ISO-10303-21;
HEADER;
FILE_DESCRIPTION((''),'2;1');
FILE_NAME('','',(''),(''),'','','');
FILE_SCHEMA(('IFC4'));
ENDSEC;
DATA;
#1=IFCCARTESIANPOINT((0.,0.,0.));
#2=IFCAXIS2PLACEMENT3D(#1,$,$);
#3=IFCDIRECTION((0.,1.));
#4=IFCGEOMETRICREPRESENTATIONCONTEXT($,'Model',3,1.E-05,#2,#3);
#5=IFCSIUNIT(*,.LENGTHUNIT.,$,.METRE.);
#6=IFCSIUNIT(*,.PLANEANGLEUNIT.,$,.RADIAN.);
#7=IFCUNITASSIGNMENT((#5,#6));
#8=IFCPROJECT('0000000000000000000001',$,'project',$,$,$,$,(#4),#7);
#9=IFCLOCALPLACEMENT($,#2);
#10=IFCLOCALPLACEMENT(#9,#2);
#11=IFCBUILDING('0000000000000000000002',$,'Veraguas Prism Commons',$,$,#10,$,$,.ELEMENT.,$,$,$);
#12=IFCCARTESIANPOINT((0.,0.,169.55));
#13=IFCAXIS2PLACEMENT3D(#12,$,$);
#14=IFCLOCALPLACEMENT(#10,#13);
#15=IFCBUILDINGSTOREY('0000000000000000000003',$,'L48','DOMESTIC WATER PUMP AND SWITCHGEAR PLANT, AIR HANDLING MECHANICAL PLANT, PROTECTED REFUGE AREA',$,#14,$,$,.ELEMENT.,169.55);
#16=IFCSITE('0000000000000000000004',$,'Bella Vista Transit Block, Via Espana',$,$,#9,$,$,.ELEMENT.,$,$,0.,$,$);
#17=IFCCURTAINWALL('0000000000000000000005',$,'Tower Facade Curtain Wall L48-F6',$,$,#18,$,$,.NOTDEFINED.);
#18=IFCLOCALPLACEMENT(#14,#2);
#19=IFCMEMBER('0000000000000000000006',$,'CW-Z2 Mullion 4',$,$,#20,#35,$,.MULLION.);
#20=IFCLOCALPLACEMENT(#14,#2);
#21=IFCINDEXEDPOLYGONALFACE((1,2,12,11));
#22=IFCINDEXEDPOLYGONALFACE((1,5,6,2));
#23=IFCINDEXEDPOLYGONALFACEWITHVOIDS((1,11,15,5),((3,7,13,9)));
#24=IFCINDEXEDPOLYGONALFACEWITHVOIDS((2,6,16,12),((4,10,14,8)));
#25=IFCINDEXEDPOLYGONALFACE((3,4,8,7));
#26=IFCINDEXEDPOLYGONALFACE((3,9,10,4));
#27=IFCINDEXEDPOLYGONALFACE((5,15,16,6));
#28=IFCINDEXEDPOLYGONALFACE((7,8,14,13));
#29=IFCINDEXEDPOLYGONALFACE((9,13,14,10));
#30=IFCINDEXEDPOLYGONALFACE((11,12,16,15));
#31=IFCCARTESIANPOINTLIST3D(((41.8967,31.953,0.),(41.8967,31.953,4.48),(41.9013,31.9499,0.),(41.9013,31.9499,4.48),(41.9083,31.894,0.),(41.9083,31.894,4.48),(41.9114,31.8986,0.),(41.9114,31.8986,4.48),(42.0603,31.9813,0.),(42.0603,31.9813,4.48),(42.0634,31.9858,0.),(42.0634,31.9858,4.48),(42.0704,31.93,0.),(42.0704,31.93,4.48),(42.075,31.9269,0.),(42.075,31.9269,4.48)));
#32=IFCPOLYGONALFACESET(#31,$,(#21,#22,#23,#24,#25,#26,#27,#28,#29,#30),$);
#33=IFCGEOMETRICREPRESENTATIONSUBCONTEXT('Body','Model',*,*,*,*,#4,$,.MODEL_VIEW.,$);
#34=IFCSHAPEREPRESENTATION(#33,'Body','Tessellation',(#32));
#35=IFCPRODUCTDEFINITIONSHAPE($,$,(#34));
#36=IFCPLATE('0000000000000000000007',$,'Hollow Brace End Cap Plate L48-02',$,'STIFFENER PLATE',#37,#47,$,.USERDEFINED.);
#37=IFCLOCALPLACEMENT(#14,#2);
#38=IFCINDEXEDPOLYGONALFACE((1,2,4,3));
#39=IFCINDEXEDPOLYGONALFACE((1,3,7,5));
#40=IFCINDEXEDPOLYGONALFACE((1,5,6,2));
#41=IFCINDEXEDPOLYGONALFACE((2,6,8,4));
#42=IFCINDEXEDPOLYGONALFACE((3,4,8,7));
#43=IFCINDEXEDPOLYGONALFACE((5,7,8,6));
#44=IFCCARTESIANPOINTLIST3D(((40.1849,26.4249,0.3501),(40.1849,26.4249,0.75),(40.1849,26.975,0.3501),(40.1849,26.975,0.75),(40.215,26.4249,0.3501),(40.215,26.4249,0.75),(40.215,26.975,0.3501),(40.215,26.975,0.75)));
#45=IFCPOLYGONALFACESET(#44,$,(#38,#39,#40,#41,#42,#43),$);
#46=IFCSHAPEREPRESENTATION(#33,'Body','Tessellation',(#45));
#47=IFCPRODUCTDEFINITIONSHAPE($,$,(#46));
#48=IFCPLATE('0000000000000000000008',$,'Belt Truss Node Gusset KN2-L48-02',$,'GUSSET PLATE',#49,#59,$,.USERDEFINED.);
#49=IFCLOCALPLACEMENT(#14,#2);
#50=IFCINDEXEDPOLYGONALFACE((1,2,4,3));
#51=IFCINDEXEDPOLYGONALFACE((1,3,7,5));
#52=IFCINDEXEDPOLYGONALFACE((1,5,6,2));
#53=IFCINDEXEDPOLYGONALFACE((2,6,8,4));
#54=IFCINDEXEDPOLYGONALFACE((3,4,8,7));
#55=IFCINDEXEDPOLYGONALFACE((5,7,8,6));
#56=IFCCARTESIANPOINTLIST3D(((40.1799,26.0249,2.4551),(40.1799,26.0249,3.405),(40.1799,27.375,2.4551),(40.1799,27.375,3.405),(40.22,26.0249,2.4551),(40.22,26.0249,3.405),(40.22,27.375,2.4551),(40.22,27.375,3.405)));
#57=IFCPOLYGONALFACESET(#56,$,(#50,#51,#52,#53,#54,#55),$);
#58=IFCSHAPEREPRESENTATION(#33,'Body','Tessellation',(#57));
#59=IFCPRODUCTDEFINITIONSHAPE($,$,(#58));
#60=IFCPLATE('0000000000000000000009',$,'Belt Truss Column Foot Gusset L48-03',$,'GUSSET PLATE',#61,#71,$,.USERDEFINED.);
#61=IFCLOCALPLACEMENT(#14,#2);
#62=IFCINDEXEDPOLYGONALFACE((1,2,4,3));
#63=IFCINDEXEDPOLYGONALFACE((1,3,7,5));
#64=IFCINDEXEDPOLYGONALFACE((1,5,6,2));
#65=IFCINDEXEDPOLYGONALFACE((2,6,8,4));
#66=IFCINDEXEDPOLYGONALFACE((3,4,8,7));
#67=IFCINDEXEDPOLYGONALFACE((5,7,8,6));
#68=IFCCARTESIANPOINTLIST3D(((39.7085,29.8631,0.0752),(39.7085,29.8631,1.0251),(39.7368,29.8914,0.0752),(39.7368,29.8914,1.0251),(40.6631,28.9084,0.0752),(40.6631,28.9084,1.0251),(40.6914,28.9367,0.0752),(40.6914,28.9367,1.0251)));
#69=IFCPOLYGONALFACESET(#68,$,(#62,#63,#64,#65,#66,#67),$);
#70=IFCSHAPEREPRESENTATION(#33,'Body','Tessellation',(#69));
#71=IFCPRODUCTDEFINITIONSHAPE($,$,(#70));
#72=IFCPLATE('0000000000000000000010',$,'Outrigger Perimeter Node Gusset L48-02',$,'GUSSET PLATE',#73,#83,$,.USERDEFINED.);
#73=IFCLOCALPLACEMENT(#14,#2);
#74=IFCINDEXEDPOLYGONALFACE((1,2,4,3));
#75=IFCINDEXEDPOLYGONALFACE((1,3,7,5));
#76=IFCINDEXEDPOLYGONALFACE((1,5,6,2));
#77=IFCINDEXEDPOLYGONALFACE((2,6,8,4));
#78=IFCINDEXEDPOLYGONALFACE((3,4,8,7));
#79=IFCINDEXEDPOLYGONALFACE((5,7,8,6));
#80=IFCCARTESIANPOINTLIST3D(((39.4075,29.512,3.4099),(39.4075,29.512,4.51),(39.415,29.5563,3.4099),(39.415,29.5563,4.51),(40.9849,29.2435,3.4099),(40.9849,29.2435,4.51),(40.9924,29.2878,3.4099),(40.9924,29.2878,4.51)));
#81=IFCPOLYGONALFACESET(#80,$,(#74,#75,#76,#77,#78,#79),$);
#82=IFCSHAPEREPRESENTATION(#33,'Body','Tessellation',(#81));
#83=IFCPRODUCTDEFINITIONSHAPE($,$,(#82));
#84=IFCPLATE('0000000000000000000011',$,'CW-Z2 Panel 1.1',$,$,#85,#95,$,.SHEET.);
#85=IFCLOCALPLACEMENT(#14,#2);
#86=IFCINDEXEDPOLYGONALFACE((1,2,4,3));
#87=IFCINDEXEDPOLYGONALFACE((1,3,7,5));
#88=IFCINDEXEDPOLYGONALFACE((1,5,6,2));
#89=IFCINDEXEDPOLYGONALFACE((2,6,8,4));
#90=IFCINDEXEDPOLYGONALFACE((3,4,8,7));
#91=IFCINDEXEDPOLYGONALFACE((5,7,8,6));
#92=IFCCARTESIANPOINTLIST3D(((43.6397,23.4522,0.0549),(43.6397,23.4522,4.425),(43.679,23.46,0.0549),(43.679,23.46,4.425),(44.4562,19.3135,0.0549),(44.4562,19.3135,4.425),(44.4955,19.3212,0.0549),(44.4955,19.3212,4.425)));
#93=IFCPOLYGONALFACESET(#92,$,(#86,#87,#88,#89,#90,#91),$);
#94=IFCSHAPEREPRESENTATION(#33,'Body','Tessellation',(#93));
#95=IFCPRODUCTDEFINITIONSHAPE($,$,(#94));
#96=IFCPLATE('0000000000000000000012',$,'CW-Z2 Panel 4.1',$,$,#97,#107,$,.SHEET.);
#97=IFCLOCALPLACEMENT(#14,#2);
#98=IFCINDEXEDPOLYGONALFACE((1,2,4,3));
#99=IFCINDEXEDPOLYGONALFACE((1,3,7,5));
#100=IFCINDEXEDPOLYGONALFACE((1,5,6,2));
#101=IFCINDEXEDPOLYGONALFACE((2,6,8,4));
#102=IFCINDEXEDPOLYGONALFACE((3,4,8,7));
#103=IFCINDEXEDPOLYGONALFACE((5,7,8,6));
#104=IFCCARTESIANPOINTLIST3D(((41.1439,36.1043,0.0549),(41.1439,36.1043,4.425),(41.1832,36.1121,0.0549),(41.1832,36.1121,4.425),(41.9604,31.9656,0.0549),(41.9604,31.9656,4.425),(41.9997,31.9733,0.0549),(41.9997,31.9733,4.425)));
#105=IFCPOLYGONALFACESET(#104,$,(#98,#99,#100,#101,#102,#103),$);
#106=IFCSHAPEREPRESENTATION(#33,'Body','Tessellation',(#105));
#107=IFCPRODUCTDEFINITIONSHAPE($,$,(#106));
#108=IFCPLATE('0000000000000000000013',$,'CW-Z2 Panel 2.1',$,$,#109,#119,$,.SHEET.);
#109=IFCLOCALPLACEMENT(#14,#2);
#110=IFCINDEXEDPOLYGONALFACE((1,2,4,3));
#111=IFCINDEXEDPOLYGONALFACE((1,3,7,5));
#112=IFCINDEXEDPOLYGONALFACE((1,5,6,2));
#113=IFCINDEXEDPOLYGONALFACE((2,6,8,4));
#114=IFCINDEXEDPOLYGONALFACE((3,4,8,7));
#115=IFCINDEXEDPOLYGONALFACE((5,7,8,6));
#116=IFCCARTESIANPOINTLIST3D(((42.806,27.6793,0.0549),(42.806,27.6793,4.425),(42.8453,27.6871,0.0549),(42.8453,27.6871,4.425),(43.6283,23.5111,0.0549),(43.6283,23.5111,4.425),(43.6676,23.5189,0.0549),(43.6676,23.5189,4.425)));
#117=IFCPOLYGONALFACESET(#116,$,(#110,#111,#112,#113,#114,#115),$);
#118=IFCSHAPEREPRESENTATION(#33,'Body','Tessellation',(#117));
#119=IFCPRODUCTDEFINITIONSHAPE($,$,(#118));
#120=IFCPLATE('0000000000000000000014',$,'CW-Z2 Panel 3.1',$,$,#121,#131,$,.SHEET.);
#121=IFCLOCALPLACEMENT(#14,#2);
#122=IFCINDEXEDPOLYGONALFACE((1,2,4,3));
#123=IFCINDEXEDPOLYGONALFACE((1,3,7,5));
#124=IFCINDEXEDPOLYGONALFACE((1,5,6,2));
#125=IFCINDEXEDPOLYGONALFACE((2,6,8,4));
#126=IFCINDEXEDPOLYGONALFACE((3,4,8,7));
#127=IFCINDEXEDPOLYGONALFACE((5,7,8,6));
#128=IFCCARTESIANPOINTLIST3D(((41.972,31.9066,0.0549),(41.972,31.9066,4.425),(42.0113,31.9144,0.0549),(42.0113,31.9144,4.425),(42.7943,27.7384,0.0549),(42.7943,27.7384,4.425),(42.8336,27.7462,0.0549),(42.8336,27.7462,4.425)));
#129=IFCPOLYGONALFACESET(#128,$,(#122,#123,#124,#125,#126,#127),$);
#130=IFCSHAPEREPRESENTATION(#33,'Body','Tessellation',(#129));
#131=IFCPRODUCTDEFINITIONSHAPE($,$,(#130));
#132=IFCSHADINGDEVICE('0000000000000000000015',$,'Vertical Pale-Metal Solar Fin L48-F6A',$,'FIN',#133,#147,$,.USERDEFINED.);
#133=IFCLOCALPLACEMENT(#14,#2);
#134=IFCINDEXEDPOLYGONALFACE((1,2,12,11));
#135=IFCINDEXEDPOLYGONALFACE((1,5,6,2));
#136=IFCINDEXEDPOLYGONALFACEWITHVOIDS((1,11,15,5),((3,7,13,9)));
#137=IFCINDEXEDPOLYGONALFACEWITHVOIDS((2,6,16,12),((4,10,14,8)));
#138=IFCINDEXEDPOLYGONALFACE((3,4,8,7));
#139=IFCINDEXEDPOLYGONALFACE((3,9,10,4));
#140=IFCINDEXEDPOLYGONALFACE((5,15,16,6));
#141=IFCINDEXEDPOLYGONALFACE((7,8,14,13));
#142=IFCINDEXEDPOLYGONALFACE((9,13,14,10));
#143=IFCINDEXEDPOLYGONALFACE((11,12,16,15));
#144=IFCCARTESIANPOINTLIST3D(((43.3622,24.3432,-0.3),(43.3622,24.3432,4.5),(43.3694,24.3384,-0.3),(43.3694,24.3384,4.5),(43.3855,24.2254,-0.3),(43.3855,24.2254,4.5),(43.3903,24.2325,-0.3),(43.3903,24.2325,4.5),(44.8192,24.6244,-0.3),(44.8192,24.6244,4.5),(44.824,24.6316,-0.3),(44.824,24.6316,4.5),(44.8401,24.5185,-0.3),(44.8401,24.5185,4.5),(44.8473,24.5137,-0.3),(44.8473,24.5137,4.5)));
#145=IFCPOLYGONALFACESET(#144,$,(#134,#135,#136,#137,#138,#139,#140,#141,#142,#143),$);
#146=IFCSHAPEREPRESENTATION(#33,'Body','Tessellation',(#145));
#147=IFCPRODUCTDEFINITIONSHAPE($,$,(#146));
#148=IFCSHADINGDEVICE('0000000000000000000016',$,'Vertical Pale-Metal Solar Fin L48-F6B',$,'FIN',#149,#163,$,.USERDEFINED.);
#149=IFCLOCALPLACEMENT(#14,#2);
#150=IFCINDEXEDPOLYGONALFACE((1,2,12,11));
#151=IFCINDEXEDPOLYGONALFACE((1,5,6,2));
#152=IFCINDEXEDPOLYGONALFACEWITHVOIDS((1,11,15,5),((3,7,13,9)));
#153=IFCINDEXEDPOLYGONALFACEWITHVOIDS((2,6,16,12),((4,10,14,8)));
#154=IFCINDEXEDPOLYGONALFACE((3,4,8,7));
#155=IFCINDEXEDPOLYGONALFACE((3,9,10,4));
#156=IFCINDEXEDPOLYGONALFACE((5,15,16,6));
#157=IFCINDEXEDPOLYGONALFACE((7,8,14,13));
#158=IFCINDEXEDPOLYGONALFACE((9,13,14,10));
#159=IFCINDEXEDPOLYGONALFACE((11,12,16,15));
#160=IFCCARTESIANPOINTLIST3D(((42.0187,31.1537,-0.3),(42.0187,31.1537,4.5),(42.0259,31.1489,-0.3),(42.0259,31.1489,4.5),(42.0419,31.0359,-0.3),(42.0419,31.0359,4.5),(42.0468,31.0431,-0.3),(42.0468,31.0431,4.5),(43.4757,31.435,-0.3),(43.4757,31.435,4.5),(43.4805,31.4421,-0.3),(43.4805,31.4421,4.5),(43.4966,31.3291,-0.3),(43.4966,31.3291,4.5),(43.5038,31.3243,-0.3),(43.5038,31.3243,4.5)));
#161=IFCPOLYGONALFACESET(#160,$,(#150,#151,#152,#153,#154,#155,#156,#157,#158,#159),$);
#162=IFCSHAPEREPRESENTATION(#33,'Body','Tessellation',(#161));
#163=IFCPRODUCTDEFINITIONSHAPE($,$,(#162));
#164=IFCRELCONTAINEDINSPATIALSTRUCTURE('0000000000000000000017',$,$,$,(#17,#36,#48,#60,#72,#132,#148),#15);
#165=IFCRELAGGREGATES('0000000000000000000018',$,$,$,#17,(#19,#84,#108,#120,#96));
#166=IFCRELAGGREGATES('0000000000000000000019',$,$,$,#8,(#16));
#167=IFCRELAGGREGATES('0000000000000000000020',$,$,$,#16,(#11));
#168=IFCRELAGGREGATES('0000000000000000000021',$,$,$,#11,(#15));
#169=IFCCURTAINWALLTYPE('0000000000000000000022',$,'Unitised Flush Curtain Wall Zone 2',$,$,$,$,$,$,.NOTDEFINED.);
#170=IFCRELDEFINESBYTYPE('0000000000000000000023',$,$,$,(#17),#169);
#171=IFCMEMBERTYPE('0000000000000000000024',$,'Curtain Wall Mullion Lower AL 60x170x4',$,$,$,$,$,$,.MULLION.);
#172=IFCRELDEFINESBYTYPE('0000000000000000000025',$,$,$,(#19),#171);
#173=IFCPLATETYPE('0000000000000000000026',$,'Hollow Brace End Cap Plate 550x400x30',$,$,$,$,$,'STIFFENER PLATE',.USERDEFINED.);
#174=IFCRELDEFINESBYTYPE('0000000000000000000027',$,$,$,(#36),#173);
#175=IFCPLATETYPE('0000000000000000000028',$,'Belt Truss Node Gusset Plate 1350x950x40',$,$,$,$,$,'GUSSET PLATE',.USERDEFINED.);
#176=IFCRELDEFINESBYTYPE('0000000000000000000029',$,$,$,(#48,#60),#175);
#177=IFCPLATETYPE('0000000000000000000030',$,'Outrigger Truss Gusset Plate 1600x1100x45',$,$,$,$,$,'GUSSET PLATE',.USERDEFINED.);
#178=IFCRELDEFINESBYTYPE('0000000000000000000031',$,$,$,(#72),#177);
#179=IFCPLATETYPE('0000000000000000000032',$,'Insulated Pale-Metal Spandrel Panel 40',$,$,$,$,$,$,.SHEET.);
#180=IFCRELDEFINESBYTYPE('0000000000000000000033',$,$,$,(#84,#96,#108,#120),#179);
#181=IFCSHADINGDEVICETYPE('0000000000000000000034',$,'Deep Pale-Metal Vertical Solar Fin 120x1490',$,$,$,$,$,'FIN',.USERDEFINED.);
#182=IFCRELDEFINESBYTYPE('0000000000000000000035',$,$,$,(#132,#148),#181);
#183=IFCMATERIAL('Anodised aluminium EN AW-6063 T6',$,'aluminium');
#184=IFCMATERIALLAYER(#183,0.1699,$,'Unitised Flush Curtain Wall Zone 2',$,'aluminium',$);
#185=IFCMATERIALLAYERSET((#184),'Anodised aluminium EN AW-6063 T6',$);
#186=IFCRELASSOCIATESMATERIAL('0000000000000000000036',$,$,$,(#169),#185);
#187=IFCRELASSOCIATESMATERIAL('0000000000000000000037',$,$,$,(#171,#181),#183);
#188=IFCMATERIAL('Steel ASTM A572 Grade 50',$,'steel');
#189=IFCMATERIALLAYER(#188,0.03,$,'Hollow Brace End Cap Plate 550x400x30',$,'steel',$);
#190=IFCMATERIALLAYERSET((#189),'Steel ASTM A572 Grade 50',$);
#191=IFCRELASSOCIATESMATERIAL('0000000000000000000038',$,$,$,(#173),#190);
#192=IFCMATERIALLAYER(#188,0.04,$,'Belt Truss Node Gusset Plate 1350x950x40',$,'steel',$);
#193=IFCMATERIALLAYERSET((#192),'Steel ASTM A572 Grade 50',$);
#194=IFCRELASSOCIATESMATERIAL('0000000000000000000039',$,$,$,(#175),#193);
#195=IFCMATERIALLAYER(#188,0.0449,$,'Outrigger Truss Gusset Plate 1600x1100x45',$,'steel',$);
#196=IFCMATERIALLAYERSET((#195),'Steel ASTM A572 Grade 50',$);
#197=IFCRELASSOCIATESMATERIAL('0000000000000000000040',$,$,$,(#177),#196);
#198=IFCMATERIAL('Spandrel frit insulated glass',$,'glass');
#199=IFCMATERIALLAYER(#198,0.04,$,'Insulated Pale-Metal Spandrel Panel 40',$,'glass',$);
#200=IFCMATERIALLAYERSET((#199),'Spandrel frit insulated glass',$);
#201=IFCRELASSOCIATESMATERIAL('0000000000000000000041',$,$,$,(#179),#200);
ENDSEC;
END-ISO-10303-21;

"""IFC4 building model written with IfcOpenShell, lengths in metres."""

from ifc_helpers import new_model, si_unit, direction, frame, origin, origin_2d, place, context, subcontext, project, spatial, rectangle, hollow_rectangle, extrude, source, transform, mapped, material, layer, layer_set, material_profile, profile_set, type_object, element, aggregate, save


model = new_model("IFC4")

# Units and contexts
model_context = context("Model", 3, precision=1e-05, world=origin(), true_north=direction((0.0, 1.0)))
body_context = subcontext(model_context, "Body", "Model", "MODEL_VIEW")
ifc_project = project(units=[si_unit("LENGTHUNIT", "METRE"), si_unit("PLANEANGLEUNIT", "RADIAN")], contexts=[model_context])

# Site, building, storey
site_placement = place(None, origin())
site = spatial("IfcSite", under=ifc_project, at=site_placement, Name="Bella Vista Transit Block, Via Espana", CompositionType="ELEMENT", RefElevation=0.0)
building_placement = place(site_placement, origin())
building = spatial("IfcBuilding", under=site, at=building_placement, Name="Veraguas Prism Commons", CompositionType="ELEMENT")
storey_placement = place(building_placement, frame((0.0, 0.0, 169.55)))
storey = spatial("IfcBuildingStorey", under=building, at=storey_placement, Name="L48", Description="DOMESTIC WATER PUMP AND SWITCHGEAR PLANT, AIR HANDLING MECHANICAL PLANT, PROTECTED REFUGE AREA", CompositionType="ELEMENT", Elevation=169.55)

# Curtain wall, member
ifc_material_1 = material(Name="Anodised aluminium EN AW-6063 T6", Category="aluminium")
ifc_layer_1 = layer(ifc_material_1, 0.1699, Name="Unitised Flush Curtain Wall Zone 2", Category="aluminium")
ifc_layer_set_1 = layer_set([ifc_layer_1], Name="Anodised aluminium EN AW-6063 T6")
curtain_wall_type = type_object("IfcCurtainWallType", Name="Unitised Flush Curtain Wall Zone 2", PredefinedType="NOTDEFINED", material=ifc_layer_set_1)
curtain_wall_placement = place(storey_placement, origin())
curtain_wall = element("IfcCurtainWall", 1, at=curtain_wall_placement, inside=storey, type_object=curtain_wall_type, Name="Tower Facade Curtain Wall L48-F6", PredefinedType="NOTDEFINED")
ifc_material_profile_1 = material_profile(ifc_material_1, hollow_rectangle(XDim=0.0601, YDim=0.1699, WallThickness=0.0039, at=origin_2d()), Name="AL60X170X4")
ifc_profile_set_1 = profile_set([ifc_material_profile_1], Name="Anodised aluminium EN AW-6063 T6")
member_type_1 = type_object("IfcMemberType", Name="Curtain Wall Mullion Lower AL 60x170x4", PredefinedType="MULLION", material=ifc_profile_set_1)
shared_shape_1 = source(origin(), body_context, "Body", "SweptSolid", [
    extrude(hollow_rectangle(XDim=0.0601, YDim=0.1699, WallThickness=0.0039, at=origin_2d()), origin(), (0.0, 0.0, 1.0), 4.48),
])
member_1_placement = place(storey_placement, frame((41.9858, 31.9399, 0.0), z_axis=(0.0, 0.0, 1.0), x_axis=(-0.193549, 0.981091, 0.0)))
member_1 = element("IfcMember", 2, at=member_1_placement, type_object=member_type_1, Name="CW-Z2 Mullion 4", PredefinedType="MULLION", context=body_context, shape_type="MappedRepresentation", body=[
    mapped(shared_shape_1, transform((0.0, 0.0, 0.0), scale=1.0)),
])

# Plates
ifc_material_2 = material(Name="Steel ASTM A572 Grade 50", Category="steel")
ifc_layer_2 = layer(ifc_material_2, 0.03, Name="Hollow Brace End Cap Plate 550x400x30", Category="steel")
ifc_layer_set_2 = layer_set([ifc_layer_2], Name="Steel ASTM A572 Grade 50")
plate_type_1 = type_object("IfcPlateType", Name="Hollow Brace End Cap Plate 550x400x30", ElementType="STIFFENER PLATE", PredefinedType="USERDEFINED", material=ifc_layer_set_2)
shared_shape_2 = source(origin(), body_context, "Body", "SweptSolid", [
    extrude(rectangle(XDim=0.55, YDim=0.03, at=origin_2d()), origin(), (0.0, 0.0, 1.0), 0.3999),
])
plate_1_placement = place(storey_placement, frame((40.2, 26.7, 0.3501), z_axis=(0.0, 0.0, 1.0), x_axis=(0.0, 1.0, 0.0)))
element("IfcPlate", 3, at=plate_1_placement, inside=storey, type_object=plate_type_1, Name="Hollow Brace End Cap Plate L48-02", ObjectType="STIFFENER PLATE", PredefinedType="USERDEFINED", context=body_context, shape_type="MappedRepresentation", body=[
    mapped(shared_shape_2, transform((0.0, 0.0, 0.0), scale=1.0)),
])
ifc_layer_3 = layer(ifc_material_2, 0.04, Name="Belt Truss Node Gusset Plate 1350x950x40", Category="steel")
ifc_layer_set_3 = layer_set([ifc_layer_3], Name="Steel ASTM A572 Grade 50")
plate_type_2 = type_object("IfcPlateType", Name="Belt Truss Node Gusset Plate 1350x950x40", ElementType="GUSSET PLATE", PredefinedType="USERDEFINED", material=ifc_layer_set_3)
shared_shape_3 = source(origin(), body_context, "Body", "SweptSolid", [
    extrude(rectangle(XDim=1.3501, YDim=0.04, at=origin_2d()), origin(), (0.0, 0.0, 1.0), 0.95),
])
for number, where, z_axis, x_axis, name in (
    (4, (40.2, 26.7, 2.4551), (0.0, 0.0, 1.0), (0.0, 1.0, 0.0), "Belt Truss Node Gusset KN2-L48-02"),
    (5, (40.2, 29.3999, 0.0752), (0.0, 0.0, 1.0), (-0.707107, 0.707107, 0.0), "Belt Truss Column Foot Gusset L48-03"),
):
    element("IfcPlate", number, at=place(storey_placement, frame(where, z_axis=z_axis, x_axis=x_axis)), inside=storey, type_object=plate_type_2, Name=name, ObjectType="GUSSET PLATE", PredefinedType="USERDEFINED", context=body_context, shape_type="MappedRepresentation", body=[
        mapped(shared_shape_3, transform((0.0, 0.0, 0.0), scale=1.0)),
    ])
ifc_layer_4 = layer(ifc_material_2, 0.0449, Name="Outrigger Truss Gusset Plate 1600x1100x45", Category="steel")
ifc_layer_set_4 = layer_set([ifc_layer_4], Name="Steel ASTM A572 Grade 50")
plate_type_3 = type_object("IfcPlateType", Name="Outrigger Truss Gusset Plate 1600x1100x45", ElementType="GUSSET PLATE", PredefinedType="USERDEFINED", material=ifc_layer_set_4)
shared_shape_4 = source(origin(), body_context, "Body", "SweptSolid", [
    extrude(rectangle(XDim=1.6001, YDim=0.0449, at=origin_2d()), origin(), (0.0, 0.0, 1.0), 1.1001),
])
plate_2_placement = place(storey_placement, frame((40.2, 29.3999, 3.4099), z_axis=(0.0, 0.0, 1.0), x_axis=(0.985821, -0.167799, 0.0)))
element("IfcPlate", 6, at=plate_2_placement, inside=storey, type_object=plate_type_3, Name="Outrigger Perimeter Node Gusset L48-02", ObjectType="GUSSET PLATE", PredefinedType="USERDEFINED", context=body_context, shape_type="MappedRepresentation", body=[
    mapped(shared_shape_4, transform((0.0, 0.0, 0.0), scale=1.0)),
])

# Plates
ifc_material_3 = material(Name="Spandrel frit insulated glass", Category="glass")
ifc_layer_5 = layer(ifc_material_3, 0.04, Name="Insulated Pale-Metal Spandrel Panel 40", Category="glass")
ifc_layer_set_5 = layer_set([ifc_layer_5], Name="Spandrel frit insulated glass")
plate_type_4 = type_object("IfcPlateType", Name="Insulated Pale-Metal Spandrel Panel 40", PredefinedType="SHEET", material=ifc_layer_set_5)
shared_shape_5 = source(origin(), body_context, "Body", "SweptSolid", [
    extrude(rectangle(XDim=4.2185, YDim=0.04, at=origin_2d()), origin(), (0.0, 0.0, 1.0), 4.3701),
])
plate_3_placement = place(storey_placement, frame((44.0676, 21.3867, 0.0549), z_axis=(0.0, 0.0, 1.0), x_axis=(-0.193549, 0.981091, 0.0)))
plate_3 = element("IfcPlate", 7, at=plate_3_placement, type_object=plate_type_4, Name="CW-Z2 Panel 1.1", PredefinedType="SHEET", context=body_context, shape_type="MappedRepresentation", body=[
    mapped(shared_shape_5, transform((0.0, 0.0, 0.0), scale=1.0)),
])
plate_4_placement = place(storey_placement, frame((41.5718, 34.0388, 0.0549), z_axis=(0.0, 0.0, 1.0), x_axis=(-0.193549, 0.981091, 0.0)))
plate_4 = element("IfcPlate", 8, at=plate_4_placement, type_object=plate_type_4, Name="CW-Z2 Panel 4.1", PredefinedType="SHEET", context=body_context, shape_type="MappedRepresentation", body=[
    mapped(shared_shape_5, transform((0.0, 0.0, 0.0), scale=1.0)),
])
shared_shape_6 = source(origin(), body_context, "Body", "SweptSolid", [
    extrude(rectangle(XDim=4.2485, YDim=0.04, at=origin_2d()), origin(), (0.0, 0.0, 1.0), 4.3701),
])
plate_5_placement = place(storey_placement, frame((43.2368, 25.5991, 0.0549), z_axis=(0.0, 0.0, 1.0), x_axis=(-0.193549, 0.981091, 0.0)))
plate_5 = element("IfcPlate", 9, at=plate_5_placement, type_object=plate_type_4, Name="CW-Z2 Panel 2.1", PredefinedType="SHEET", context=body_context, shape_type="MappedRepresentation", body=[
    mapped(shared_shape_6, transform((0.0, 0.0, 0.0), scale=1.0)),
])
plate_6_placement = place(storey_placement, frame((42.4028, 29.8264, 0.0549), z_axis=(0.0, 0.0, 1.0), x_axis=(-0.193549, 0.981091, 0.0)))
plate_6 = element("IfcPlate", 10, at=plate_6_placement, type_object=plate_type_4, Name="CW-Z2 Panel 3.1", PredefinedType="SHEET", context=body_context, shape_type="MappedRepresentation", body=[
    mapped(shared_shape_6, transform((0.0, 0.0, 0.0), scale=1.0)),
])
aggregate(curtain_wall, [member_1, plate_3, plate_5, plate_6, plate_4])

# Shading devices
ifc_material_profile_2 = material_profile(ifc_material_1, hollow_rectangle(XDim=0.1201, YDim=1.49, WallThickness=0.0061, at=origin_2d()), Name="FIN120X1490X6")
ifc_profile_set_2 = profile_set([ifc_material_profile_2], Name="Anodised aluminium EN AW-6063 T6")
shading_device_type = type_object("IfcShadingDeviceType", Name="Deep Pale-Metal Vertical Solar Fin 120x1490", ElementType="FIN", PredefinedType="USERDEFINED", material=ifc_profile_set_2)
for number, where, z_axis, x_axis, name in (
    (11, (44.1047, 24.4285, -0.3), (0.0, 0.0, 1.0), (-0.193546, 0.981091, 0.0), "Vertical Pale-Metal Solar Fin L48-F6A"),
    (12, (42.7612, 31.239, -0.3), (0.0, 0.0, 1.0), (-0.193546, 0.981091, 0.0), "Vertical Pale-Metal Solar Fin L48-F6B"),
):
    element("IfcShadingDevice", number, at=place(storey_placement, frame(where, z_axis=z_axis, x_axis=x_axis)), inside=storey, type_object=shading_device_type, Name=name, ObjectType="FIN", PredefinedType="USERDEFINED", context=body_context, shape_type="SweptSolid", body=[
        extrude(hollow_rectangle(XDim=0.1201, YDim=1.49, WallThickness=0.0061, at=origin_2d()), origin(), (0.0, 0.0, 1.0), 4.8),
    ])

save(model, "model.ifc")
